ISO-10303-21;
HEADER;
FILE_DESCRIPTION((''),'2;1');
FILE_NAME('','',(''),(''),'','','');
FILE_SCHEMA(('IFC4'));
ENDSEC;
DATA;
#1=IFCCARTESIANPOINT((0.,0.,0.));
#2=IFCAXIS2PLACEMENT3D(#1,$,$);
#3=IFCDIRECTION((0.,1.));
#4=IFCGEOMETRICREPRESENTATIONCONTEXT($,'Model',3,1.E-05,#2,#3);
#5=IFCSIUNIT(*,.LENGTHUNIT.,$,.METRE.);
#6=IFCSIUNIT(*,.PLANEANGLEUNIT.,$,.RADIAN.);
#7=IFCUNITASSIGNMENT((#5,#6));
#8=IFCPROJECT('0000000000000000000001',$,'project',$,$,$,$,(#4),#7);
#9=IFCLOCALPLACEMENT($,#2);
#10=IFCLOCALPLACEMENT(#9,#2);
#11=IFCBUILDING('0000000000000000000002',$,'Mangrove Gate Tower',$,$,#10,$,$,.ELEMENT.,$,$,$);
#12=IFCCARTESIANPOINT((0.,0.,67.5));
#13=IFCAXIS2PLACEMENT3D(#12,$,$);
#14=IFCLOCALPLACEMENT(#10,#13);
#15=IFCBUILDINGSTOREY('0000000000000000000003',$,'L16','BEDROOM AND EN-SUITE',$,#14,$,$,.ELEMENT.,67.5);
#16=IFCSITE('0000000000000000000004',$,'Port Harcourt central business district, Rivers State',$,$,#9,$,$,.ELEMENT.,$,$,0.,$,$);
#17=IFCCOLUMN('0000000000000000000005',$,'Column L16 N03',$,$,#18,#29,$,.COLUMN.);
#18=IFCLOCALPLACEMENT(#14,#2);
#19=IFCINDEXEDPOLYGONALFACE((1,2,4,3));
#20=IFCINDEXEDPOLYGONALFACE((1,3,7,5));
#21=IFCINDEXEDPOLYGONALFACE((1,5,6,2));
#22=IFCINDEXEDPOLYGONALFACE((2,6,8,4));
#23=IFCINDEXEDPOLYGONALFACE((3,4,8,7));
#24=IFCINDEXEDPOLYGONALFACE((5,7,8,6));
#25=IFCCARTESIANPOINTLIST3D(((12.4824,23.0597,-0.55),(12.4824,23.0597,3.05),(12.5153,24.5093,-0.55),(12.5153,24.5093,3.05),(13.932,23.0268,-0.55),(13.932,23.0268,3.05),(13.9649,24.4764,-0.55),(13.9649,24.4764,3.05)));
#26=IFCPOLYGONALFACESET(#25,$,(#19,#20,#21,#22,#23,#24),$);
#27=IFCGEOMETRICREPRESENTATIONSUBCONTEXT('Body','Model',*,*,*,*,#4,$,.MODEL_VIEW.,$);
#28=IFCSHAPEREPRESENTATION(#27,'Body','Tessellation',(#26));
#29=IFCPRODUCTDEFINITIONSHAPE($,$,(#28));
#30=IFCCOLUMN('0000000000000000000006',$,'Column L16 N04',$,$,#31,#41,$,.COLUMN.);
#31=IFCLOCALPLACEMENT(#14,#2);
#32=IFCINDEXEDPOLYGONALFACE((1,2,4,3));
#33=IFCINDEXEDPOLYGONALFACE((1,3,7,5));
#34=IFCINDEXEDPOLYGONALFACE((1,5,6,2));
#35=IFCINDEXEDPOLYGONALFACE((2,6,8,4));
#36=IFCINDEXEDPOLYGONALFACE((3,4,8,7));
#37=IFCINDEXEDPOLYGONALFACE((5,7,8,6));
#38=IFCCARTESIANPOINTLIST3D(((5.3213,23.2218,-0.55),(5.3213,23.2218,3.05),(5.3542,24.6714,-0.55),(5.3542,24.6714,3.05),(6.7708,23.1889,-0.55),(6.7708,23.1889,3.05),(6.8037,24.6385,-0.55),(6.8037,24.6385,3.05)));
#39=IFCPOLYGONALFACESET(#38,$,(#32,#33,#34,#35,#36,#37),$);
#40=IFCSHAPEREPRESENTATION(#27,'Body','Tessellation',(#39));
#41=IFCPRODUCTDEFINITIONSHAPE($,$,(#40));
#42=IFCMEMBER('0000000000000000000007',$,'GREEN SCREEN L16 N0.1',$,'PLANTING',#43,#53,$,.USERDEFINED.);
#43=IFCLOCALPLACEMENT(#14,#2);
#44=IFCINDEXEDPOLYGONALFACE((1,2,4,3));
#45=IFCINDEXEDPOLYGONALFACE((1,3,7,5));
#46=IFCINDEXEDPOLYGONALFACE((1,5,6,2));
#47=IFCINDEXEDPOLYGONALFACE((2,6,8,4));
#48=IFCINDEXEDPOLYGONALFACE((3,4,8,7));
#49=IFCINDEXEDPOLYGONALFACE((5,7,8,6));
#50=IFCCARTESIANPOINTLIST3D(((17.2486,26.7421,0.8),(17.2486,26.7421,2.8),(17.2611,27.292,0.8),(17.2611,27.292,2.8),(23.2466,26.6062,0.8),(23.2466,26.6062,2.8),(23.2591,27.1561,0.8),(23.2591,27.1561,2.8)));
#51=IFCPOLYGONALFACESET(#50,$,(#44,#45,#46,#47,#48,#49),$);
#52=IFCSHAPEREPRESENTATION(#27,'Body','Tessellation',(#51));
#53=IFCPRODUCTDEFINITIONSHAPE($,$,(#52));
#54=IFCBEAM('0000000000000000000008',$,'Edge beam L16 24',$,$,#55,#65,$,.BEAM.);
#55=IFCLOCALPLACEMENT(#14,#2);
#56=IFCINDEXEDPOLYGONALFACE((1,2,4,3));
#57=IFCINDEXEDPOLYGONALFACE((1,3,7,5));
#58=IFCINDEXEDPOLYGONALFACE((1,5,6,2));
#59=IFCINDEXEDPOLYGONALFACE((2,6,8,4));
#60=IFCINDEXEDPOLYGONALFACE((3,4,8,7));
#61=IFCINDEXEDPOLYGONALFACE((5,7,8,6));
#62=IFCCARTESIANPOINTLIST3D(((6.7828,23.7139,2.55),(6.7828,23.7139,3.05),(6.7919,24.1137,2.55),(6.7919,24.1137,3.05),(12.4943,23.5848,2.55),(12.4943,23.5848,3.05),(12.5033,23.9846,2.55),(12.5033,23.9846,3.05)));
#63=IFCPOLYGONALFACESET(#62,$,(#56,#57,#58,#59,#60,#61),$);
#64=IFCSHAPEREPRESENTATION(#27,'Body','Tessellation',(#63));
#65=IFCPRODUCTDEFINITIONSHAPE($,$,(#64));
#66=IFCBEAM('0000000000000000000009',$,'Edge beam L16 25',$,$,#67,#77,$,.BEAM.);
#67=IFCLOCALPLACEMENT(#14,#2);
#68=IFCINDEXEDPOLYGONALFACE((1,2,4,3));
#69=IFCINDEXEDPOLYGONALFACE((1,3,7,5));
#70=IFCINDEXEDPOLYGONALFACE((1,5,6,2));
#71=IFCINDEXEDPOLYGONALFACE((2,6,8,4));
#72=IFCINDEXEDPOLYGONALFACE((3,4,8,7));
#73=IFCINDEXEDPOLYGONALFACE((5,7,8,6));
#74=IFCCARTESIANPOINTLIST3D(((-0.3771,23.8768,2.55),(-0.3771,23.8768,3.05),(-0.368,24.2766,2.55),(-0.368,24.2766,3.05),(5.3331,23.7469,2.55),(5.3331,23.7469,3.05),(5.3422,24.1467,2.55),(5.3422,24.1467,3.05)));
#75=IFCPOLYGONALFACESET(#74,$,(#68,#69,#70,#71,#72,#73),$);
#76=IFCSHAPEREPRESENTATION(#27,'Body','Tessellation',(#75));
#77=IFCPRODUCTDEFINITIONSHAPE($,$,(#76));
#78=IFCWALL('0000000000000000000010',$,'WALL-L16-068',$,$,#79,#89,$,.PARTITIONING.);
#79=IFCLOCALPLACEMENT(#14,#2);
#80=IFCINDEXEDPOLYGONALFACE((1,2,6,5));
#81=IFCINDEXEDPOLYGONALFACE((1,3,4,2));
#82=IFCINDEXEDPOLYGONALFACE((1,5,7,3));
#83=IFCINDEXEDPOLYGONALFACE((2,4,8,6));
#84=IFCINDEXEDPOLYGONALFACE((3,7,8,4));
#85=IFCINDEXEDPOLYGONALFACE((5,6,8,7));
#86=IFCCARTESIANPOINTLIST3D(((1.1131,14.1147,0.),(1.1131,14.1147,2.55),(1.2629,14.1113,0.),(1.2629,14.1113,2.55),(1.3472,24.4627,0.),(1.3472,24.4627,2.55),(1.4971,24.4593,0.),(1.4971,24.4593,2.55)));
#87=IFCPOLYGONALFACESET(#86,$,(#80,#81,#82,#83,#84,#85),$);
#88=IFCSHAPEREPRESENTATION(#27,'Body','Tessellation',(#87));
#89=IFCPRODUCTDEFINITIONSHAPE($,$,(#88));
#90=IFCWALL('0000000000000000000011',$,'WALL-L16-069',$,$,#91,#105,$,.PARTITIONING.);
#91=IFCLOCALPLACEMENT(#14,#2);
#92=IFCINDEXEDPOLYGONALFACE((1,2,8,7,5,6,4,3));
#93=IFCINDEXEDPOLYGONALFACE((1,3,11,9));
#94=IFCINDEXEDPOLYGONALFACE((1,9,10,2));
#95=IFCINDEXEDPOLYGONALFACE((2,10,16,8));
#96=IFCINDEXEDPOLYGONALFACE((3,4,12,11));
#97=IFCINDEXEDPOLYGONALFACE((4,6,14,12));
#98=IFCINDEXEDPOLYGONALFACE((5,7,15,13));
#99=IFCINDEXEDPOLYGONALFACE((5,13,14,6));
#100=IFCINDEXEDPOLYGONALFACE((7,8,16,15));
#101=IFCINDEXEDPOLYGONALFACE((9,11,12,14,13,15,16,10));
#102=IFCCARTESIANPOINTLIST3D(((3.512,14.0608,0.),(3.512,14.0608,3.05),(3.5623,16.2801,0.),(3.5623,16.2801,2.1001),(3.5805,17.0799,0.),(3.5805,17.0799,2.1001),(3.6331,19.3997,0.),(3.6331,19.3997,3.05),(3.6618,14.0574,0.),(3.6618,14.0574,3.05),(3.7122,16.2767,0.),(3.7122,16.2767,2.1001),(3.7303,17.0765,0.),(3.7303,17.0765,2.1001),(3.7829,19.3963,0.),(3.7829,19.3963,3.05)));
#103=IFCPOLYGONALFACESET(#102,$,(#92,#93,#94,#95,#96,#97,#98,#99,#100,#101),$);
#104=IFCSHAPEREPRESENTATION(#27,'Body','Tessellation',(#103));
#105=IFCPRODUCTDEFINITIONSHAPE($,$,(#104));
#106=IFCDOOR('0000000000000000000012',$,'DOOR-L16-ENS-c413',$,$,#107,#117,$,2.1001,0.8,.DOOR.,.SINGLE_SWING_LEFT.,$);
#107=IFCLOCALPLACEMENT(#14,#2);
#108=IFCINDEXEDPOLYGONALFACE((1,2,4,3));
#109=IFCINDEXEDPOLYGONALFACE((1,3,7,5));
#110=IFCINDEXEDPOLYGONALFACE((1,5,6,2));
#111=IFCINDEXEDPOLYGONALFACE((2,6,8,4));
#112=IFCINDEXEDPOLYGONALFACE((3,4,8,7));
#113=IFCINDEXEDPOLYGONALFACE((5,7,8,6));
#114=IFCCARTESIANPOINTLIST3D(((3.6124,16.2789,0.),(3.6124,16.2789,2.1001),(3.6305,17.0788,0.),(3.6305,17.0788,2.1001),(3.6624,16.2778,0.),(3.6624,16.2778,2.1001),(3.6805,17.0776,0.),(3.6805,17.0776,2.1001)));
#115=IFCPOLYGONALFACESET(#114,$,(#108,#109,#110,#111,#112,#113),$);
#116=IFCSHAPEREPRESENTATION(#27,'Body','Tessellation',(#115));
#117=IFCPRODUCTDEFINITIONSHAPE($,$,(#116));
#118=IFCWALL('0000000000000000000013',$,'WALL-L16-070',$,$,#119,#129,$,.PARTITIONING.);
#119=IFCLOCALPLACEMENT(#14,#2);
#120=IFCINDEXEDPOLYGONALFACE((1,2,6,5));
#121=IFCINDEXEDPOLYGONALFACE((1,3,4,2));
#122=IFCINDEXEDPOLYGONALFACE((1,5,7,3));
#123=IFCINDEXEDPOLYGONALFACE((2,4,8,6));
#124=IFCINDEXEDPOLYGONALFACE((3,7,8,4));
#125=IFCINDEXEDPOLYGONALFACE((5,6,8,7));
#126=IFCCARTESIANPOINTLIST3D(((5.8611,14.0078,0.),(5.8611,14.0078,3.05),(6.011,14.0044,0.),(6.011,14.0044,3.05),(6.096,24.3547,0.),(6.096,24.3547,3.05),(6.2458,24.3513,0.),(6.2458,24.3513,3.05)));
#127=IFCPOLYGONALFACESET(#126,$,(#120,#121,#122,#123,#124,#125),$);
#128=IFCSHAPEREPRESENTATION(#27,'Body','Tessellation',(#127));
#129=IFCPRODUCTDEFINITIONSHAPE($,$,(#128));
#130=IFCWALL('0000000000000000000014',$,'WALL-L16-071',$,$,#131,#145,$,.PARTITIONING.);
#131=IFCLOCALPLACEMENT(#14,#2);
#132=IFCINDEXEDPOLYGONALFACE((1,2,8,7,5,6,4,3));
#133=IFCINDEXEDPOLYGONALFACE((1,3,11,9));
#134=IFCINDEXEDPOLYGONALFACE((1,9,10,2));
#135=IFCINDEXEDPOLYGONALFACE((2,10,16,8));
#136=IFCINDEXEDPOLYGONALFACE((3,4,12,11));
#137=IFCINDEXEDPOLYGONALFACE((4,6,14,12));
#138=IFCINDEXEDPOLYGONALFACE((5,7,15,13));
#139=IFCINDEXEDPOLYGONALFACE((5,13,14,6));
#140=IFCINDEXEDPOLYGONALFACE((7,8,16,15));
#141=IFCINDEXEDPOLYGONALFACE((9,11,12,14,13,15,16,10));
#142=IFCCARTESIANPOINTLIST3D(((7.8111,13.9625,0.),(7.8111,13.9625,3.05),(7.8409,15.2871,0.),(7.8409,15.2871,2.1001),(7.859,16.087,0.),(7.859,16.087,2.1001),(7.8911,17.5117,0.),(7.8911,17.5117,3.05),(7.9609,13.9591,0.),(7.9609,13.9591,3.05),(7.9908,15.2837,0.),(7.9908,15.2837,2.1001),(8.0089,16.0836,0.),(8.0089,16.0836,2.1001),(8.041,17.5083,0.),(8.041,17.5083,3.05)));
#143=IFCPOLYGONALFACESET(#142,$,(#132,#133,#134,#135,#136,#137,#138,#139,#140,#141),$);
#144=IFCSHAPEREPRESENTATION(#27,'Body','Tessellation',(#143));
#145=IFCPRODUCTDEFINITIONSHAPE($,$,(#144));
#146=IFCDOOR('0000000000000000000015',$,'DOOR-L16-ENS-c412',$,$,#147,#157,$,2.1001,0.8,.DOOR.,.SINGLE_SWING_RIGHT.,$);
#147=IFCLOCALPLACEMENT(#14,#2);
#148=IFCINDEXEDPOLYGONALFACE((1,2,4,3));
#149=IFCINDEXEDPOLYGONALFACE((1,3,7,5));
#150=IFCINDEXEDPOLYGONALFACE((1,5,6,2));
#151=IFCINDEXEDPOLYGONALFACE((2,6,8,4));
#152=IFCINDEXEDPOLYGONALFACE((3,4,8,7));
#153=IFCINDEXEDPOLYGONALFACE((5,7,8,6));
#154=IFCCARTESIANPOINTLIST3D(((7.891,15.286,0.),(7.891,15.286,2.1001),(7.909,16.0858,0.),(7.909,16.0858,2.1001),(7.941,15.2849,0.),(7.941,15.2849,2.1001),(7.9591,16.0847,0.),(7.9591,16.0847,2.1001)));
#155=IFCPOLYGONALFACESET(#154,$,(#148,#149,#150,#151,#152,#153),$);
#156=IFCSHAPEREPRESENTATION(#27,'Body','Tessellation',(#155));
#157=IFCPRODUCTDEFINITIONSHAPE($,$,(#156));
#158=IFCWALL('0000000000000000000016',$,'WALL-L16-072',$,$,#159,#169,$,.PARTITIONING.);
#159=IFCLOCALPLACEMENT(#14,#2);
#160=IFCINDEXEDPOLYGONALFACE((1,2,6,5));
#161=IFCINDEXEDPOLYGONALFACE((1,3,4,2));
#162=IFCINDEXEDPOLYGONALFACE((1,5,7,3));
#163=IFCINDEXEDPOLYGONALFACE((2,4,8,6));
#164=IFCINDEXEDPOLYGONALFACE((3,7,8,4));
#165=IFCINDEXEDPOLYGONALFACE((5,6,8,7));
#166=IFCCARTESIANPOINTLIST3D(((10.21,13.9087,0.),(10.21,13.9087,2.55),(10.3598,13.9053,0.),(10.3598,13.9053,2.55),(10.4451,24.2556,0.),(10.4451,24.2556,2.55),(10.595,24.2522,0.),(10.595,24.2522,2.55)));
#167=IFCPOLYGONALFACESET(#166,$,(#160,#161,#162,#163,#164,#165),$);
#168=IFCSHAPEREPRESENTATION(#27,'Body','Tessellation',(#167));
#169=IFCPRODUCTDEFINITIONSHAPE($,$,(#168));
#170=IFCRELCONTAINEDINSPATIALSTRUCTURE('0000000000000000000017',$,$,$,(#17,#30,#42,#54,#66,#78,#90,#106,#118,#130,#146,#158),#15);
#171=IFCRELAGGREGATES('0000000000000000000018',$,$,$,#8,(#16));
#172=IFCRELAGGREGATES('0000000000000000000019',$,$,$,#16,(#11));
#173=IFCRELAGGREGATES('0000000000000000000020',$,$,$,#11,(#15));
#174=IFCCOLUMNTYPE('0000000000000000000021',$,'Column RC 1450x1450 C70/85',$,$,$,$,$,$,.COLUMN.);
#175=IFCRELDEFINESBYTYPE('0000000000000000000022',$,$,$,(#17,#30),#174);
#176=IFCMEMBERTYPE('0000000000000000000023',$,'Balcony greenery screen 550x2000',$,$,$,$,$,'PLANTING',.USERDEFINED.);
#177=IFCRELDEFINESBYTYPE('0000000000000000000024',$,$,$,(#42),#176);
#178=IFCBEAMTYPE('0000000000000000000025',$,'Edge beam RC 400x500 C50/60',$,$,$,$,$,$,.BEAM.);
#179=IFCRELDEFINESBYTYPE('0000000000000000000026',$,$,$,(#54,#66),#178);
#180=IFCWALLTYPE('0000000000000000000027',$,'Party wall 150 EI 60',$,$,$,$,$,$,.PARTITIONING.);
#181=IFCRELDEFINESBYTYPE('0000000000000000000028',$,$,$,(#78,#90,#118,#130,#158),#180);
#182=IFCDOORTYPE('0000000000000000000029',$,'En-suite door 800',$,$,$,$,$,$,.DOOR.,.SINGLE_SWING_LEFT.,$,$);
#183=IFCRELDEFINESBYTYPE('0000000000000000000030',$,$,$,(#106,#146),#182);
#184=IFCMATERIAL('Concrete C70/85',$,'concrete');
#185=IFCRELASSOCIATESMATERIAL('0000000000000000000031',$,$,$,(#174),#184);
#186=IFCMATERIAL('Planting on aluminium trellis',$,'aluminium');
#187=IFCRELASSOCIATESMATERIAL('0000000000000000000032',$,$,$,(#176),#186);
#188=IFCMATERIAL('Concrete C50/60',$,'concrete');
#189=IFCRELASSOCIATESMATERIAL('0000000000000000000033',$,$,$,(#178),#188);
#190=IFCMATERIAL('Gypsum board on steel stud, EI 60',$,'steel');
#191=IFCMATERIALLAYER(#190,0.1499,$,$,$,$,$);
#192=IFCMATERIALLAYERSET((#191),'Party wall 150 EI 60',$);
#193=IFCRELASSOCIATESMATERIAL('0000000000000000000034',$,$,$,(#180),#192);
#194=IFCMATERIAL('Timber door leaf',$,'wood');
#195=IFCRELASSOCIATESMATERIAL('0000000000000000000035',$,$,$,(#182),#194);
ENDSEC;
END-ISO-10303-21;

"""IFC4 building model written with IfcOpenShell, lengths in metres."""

from ifc_helpers import new_model, si_unit, direction, frame, frame_2d, origin, origin_2d, place, context, subcontext, project, spatial, rectangle, extrude, material, layer, layer_set, material_profile, profile_set, type_object, element, fill, save


model = new_model("IFC4")

# Units and contexts
model_context = context("Model", 3, precision=1e-05, world=origin(), true_north=direction((0.0, 1.0)))
body_context = subcontext(model_context, "Body", "Model", "MODEL_VIEW")
ifc_project = project(units=[si_unit("LENGTHUNIT", "METRE"), si_unit("PLANEANGLEUNIT", "RADIAN")], contexts=[model_context])

# Site, building, storey
site_placement = place(None, origin())
site = spatial("IfcSite", under=ifc_project, at=site_placement, Name="Port Harcourt central business district, Rivers State", CompositionType="ELEMENT", RefElevation=0.0)
building_placement = place(site_placement, origin())
building = spatial("IfcBuilding", under=site, at=building_placement, Name="Mangrove Gate Tower", CompositionType="ELEMENT")
storey_placement = place(building_placement, frame((0.0, 0.0, 67.5)))
storey = spatial("IfcBuildingStorey", under=building, at=storey_placement, Name="L16", Description="BEDROOM AND EN-SUITE", CompositionType="ELEMENT", Elevation=67.5)

# Columns
ifc_material_1 = material(Name="Concrete C70/85", Category="concrete")
ifc_material_profile_1 = material_profile(ifc_material_1, rectangle(XDim=1.45, YDim=1.45, at=origin_2d()))
ifc_profile_set_1 = profile_set([ifc_material_profile_1], Name="Concrete C70/85")
column_type = type_object("IfcColumnType", Name="Column RC 1450x1450 C70/85", PredefinedType="COLUMN", material=ifc_profile_set_1)
for number, where, z_axis, x_axis, name in (
    (1, (13.2236, 23.7681, -0.55), (0.0, 0.0, 1.0), (-0.999743, 0.022688, 0.0), "Column L16 N03"),
    (2, (6.0625, 23.9302, -0.55), (0.0, 0.0, 1.0), (-0.999743, 0.022688, 0.0), "Column L16 N04"),
):
    element("IfcColumn", number, at=place(storey_placement, frame(where, z_axis=z_axis, x_axis=x_axis)), inside=storey, type_object=column_type, Name=name, PredefinedType="COLUMN", context=body_context, shape_type="SweptSolid", body=[
        extrude(rectangle(XDim=1.45, YDim=1.45, at=origin_2d()), origin(), (0.0, 0.0, 1.0), 3.6001),
    ])

# Member
ifc_material_2 = material(Name="Planting on aluminium trellis", Category="aluminium")
ifc_material_profile_2 = material_profile(ifc_material_2, rectangle(XDim=0.55, YDim=2.0, at=origin_2d()))
ifc_profile_set_2 = profile_set([ifc_material_profile_2], Name="Planting on aluminium trellis")
member_type = type_object("IfcMemberType", Name="Balcony greenery screen 550x2000", ElementType="PLANTING", PredefinedType="USERDEFINED", material=ifc_profile_set_2)
member_placement = place(storey_placement, frame((17.2549, 27.0171, 1.8), z_axis=(0.999743, -0.022666, 0.0), x_axis=(0.022666, 0.999743, 0.0)))
element("IfcMember", 3, at=member_placement, inside=storey, type_object=member_type, Name="GREEN SCREEN L16 N0.1", ObjectType="PLANTING", PredefinedType="USERDEFINED", context=body_context, shape_type="SweptSolid", body=[
    extrude(rectangle(XDim=0.55, YDim=2.0, at=origin_2d()), origin(), (0.0, 0.0, 1.0), 5.9995),
])

# Beams
ifc_material_3 = material(Name="Concrete C50/60", Category="concrete")
ifc_material_profile_3 = material_profile(ifc_material_3, rectangle(XDim=0.3999, YDim=0.5, at=origin_2d()))
ifc_profile_set_3 = profile_set([ifc_material_profile_3], Name="Concrete C50/60")
beam_type = type_object("IfcBeamType", Name="Edge beam RC 400x500 C50/60", PredefinedType="BEAM", material=ifc_profile_set_3)
beam_1_placement = place(storey_placement, frame((12.4988, 23.7847, 2.8), z_axis=(-0.999744, 0.022607, 0.0), x_axis=(-0.022607, -0.999744, 0.0)))
element("IfcBeam", 4, at=beam_1_placement, inside=storey, type_object=beam_type, Name="Edge beam L16 24", PredefinedType="BEAM", context=body_context, shape_type="SweptSolid", body=[
    extrude(rectangle(XDim=0.3999, YDim=0.5, at=origin_2d()), origin(), (0.0, 0.0, 1.0), 5.7129),
])
beam_2_placement = place(storey_placement, frame((5.3376, 23.9468, 2.8), z_axis=(-0.999741, 0.02274, 0.0), x_axis=(-0.02274, -0.999741, 0.0)))
element("IfcBeam", 5, at=beam_2_placement, inside=storey, type_object=beam_type, Name="Edge beam L16 25", PredefinedType="BEAM", context=body_context, shape_type="SweptSolid", body=[
    extrude(rectangle(XDim=0.3999, YDim=0.5, at=origin_2d()), origin(), (0.0, 0.0, 1.0), 5.7117),
])

# Wall
ifc_material_4 = material(Name="Gypsum board on steel stud, EI 60", Category="steel")
ifc_layer_1 = layer(ifc_material_4, 0.1499)
ifc_layer_set_1 = layer_set([ifc_layer_1], Name="Party wall 150 EI 60")
wall_type_1 = type_object("IfcWallType", Name="Party wall 150 EI 60", PredefinedType="PARTITIONING", material=ifc_layer_set_1)
wall_1_placement = place(storey_placement, frame((1.188, 14.113, 0.0), z_axis=(0.0, 0.0, 1.0), x_axis=(0.02262, 0.999744, 0.0)))
element("IfcWall", 6, at=wall_1_placement, inside=storey, type_object=wall_type_1, Name="WALL-L16-068", PredefinedType="PARTITIONING", context=body_context, shape_type="SweptSolid", body=[
    extrude(rectangle(XDim=10.3506, YDim=0.1499, at=frame_2d((5.1753, 0.0))), origin(), (0.0, 0.0, 1.0), 2.55),
])

# Wall, opening, door
wall_2_placement = place(storey_placement, frame((3.5869, 14.0591, 0.0), z_axis=(0.0, 0.0, 1.0), x_axis=(0.022676, 0.999743, 0.0)))
wall_2 = element("IfcWall", 7, at=wall_2_placement, inside=storey, type_object=wall_type_1, Name="WALL-L16-069", PredefinedType="PARTITIONING", context=body_context, shape_type="SweptSolid", body=[
    extrude(rectangle(XDim=5.3403, YDim=0.1499, at=frame_2d((2.6702, 0.0))), origin(), (0.0, 0.0, 1.0), 3.05),
])
opening_1_placement = place(wall_2_placement, frame((2.22, 0.0, 0.0)))
opening_1 = element("IfcOpeningElement", 8, at=opening_1_placement, cuts=wall_2, PredefinedType="OPENING", context=body_context, shape_type="SweptSolid", body=[
    extrude(rectangle(XDim=0.8, YDim=2.1001, at=frame_2d((0.3999, 1.05))), frame((0.0, 0.085, 0.0), z_axis=(0.0, -1.0, 0.0), x_axis=(1.0, 0.0, 0.0)), (0.0, 0.0, 1.0), 0.1699),
])
ifc_material_5 = material(Name="Timber door leaf", Category="wood")
door_type = type_object("IfcDoorType", Name="En-suite door 800", OperationType="SINGLE_SWING_LEFT", PredefinedType="DOOR", material=ifc_material_5)
door_1_placement = place(opening_1_placement, origin())
door_1 = element("IfcDoor", 9, at=door_1_placement, inside=storey, type_object=door_type, Name="DOOR-L16-ENS-c413", OperationType="SINGLE_SWING_LEFT", OverallHeight=2.1001, OverallWidth=0.8, PredefinedType="DOOR", context=body_context, shape_type="SweptSolid", body=[
    extrude(rectangle(XDim=0.8, YDim=2.1001, at=frame_2d((0.3999, 1.05))), frame((0.0, 0.0249, 0.0), z_axis=(0.0, -1.0, 0.0), x_axis=(1.0, 0.0, 0.0)), (0.0, 0.0, 1.0), 0.05),
])
fill(opening_1, door_1)

# Wall
wall_3_placement = place(storey_placement, frame((5.936, 14.0061, 0.0), z_axis=(0.0, 0.0, 1.0), x_axis=(0.022693, 0.999742, 0.0)))
element("IfcWall", 10, at=wall_3_placement, inside=storey, type_object=wall_type_1, Name="WALL-L16-070", PredefinedType="PARTITIONING", context=body_context, shape_type="SweptSolid", body=[
    extrude(rectangle(XDim=10.3496, YDim=0.1499, at=frame_2d((5.1748, 0.0))), origin(), (0.0, 0.0, 1.0), 3.05),
])

# Wall, opening, door
wall_4_placement = place(storey_placement, frame((7.886, 13.9609, 0.0), z_axis=(0.0, 0.0, 1.0), x_axis=(0.022557, 0.999746, 0.0)))
wall_4 = element("IfcWall", 11, at=wall_4_placement, inside=storey, type_object=wall_type_1, Name="WALL-L16-071", PredefinedType="PARTITIONING", context=body_context, shape_type="SweptSolid", body=[
    extrude(rectangle(XDim=3.55, YDim=0.1499, at=frame_2d((1.7749, 0.0))), origin(), (0.0, 0.0, 1.0), 3.05),
])
opening_2_placement = place(wall_4_placement, frame((1.325, 0.0, 0.0)))
opening_2 = element("IfcOpeningElement", 12, at=opening_2_placement, cuts=wall_4, PredefinedType="OPENING", context=body_context, shape_type="SweptSolid", body=[
    extrude(rectangle(XDim=0.8, YDim=2.1001, at=frame_2d((0.3999, 1.05))), frame((0.0, 0.085, 0.0), z_axis=(0.0, -1.0, 0.0), x_axis=(1.0, 0.0, 0.0)), (0.0, 0.0, 1.0), 0.1699),
])
door_2_placement = place(opening_2_placement, origin())
door_2 = element("IfcDoor", 13, at=door_2_placement, inside=storey, type_object=door_type, Name="DOOR-L16-ENS-c412", OperationType="SINGLE_SWING_RIGHT", OverallHeight=2.1001, OverallWidth=0.8, PredefinedType="DOOR", context=body_context, shape_type="SweptSolid", body=[
    extrude(rectangle(XDim=0.8, YDim=2.1001, at=frame_2d((0.3999, 1.05))), frame((0.0, 0.0249, 0.0), z_axis=(0.0, -1.0, 0.0), x_axis=(1.0, 0.0, 0.0)), (0.0, 0.0, 1.0), 0.05),
])
fill(opening_2, door_2)

# Wall
wall_5_placement = place(storey_placement, frame((10.2849, 13.907, 0.0), z_axis=(0.0, 0.0, 1.0), x_axis=(0.022717, 0.999742, 0.0)))
element("IfcWall", 14, at=wall_5_placement, inside=storey, type_object=wall_type_1, Name="WALL-L16-072", PredefinedType="PARTITIONING", context=body_context, shape_type="SweptSolid", body=[
    extrude(rectangle(XDim=10.3496, YDim=0.1499, at=frame_2d((5.1748, 0.0))), origin(), (0.0, 0.0, 1.0), 2.55),
])

save(model, "model.ifc")
